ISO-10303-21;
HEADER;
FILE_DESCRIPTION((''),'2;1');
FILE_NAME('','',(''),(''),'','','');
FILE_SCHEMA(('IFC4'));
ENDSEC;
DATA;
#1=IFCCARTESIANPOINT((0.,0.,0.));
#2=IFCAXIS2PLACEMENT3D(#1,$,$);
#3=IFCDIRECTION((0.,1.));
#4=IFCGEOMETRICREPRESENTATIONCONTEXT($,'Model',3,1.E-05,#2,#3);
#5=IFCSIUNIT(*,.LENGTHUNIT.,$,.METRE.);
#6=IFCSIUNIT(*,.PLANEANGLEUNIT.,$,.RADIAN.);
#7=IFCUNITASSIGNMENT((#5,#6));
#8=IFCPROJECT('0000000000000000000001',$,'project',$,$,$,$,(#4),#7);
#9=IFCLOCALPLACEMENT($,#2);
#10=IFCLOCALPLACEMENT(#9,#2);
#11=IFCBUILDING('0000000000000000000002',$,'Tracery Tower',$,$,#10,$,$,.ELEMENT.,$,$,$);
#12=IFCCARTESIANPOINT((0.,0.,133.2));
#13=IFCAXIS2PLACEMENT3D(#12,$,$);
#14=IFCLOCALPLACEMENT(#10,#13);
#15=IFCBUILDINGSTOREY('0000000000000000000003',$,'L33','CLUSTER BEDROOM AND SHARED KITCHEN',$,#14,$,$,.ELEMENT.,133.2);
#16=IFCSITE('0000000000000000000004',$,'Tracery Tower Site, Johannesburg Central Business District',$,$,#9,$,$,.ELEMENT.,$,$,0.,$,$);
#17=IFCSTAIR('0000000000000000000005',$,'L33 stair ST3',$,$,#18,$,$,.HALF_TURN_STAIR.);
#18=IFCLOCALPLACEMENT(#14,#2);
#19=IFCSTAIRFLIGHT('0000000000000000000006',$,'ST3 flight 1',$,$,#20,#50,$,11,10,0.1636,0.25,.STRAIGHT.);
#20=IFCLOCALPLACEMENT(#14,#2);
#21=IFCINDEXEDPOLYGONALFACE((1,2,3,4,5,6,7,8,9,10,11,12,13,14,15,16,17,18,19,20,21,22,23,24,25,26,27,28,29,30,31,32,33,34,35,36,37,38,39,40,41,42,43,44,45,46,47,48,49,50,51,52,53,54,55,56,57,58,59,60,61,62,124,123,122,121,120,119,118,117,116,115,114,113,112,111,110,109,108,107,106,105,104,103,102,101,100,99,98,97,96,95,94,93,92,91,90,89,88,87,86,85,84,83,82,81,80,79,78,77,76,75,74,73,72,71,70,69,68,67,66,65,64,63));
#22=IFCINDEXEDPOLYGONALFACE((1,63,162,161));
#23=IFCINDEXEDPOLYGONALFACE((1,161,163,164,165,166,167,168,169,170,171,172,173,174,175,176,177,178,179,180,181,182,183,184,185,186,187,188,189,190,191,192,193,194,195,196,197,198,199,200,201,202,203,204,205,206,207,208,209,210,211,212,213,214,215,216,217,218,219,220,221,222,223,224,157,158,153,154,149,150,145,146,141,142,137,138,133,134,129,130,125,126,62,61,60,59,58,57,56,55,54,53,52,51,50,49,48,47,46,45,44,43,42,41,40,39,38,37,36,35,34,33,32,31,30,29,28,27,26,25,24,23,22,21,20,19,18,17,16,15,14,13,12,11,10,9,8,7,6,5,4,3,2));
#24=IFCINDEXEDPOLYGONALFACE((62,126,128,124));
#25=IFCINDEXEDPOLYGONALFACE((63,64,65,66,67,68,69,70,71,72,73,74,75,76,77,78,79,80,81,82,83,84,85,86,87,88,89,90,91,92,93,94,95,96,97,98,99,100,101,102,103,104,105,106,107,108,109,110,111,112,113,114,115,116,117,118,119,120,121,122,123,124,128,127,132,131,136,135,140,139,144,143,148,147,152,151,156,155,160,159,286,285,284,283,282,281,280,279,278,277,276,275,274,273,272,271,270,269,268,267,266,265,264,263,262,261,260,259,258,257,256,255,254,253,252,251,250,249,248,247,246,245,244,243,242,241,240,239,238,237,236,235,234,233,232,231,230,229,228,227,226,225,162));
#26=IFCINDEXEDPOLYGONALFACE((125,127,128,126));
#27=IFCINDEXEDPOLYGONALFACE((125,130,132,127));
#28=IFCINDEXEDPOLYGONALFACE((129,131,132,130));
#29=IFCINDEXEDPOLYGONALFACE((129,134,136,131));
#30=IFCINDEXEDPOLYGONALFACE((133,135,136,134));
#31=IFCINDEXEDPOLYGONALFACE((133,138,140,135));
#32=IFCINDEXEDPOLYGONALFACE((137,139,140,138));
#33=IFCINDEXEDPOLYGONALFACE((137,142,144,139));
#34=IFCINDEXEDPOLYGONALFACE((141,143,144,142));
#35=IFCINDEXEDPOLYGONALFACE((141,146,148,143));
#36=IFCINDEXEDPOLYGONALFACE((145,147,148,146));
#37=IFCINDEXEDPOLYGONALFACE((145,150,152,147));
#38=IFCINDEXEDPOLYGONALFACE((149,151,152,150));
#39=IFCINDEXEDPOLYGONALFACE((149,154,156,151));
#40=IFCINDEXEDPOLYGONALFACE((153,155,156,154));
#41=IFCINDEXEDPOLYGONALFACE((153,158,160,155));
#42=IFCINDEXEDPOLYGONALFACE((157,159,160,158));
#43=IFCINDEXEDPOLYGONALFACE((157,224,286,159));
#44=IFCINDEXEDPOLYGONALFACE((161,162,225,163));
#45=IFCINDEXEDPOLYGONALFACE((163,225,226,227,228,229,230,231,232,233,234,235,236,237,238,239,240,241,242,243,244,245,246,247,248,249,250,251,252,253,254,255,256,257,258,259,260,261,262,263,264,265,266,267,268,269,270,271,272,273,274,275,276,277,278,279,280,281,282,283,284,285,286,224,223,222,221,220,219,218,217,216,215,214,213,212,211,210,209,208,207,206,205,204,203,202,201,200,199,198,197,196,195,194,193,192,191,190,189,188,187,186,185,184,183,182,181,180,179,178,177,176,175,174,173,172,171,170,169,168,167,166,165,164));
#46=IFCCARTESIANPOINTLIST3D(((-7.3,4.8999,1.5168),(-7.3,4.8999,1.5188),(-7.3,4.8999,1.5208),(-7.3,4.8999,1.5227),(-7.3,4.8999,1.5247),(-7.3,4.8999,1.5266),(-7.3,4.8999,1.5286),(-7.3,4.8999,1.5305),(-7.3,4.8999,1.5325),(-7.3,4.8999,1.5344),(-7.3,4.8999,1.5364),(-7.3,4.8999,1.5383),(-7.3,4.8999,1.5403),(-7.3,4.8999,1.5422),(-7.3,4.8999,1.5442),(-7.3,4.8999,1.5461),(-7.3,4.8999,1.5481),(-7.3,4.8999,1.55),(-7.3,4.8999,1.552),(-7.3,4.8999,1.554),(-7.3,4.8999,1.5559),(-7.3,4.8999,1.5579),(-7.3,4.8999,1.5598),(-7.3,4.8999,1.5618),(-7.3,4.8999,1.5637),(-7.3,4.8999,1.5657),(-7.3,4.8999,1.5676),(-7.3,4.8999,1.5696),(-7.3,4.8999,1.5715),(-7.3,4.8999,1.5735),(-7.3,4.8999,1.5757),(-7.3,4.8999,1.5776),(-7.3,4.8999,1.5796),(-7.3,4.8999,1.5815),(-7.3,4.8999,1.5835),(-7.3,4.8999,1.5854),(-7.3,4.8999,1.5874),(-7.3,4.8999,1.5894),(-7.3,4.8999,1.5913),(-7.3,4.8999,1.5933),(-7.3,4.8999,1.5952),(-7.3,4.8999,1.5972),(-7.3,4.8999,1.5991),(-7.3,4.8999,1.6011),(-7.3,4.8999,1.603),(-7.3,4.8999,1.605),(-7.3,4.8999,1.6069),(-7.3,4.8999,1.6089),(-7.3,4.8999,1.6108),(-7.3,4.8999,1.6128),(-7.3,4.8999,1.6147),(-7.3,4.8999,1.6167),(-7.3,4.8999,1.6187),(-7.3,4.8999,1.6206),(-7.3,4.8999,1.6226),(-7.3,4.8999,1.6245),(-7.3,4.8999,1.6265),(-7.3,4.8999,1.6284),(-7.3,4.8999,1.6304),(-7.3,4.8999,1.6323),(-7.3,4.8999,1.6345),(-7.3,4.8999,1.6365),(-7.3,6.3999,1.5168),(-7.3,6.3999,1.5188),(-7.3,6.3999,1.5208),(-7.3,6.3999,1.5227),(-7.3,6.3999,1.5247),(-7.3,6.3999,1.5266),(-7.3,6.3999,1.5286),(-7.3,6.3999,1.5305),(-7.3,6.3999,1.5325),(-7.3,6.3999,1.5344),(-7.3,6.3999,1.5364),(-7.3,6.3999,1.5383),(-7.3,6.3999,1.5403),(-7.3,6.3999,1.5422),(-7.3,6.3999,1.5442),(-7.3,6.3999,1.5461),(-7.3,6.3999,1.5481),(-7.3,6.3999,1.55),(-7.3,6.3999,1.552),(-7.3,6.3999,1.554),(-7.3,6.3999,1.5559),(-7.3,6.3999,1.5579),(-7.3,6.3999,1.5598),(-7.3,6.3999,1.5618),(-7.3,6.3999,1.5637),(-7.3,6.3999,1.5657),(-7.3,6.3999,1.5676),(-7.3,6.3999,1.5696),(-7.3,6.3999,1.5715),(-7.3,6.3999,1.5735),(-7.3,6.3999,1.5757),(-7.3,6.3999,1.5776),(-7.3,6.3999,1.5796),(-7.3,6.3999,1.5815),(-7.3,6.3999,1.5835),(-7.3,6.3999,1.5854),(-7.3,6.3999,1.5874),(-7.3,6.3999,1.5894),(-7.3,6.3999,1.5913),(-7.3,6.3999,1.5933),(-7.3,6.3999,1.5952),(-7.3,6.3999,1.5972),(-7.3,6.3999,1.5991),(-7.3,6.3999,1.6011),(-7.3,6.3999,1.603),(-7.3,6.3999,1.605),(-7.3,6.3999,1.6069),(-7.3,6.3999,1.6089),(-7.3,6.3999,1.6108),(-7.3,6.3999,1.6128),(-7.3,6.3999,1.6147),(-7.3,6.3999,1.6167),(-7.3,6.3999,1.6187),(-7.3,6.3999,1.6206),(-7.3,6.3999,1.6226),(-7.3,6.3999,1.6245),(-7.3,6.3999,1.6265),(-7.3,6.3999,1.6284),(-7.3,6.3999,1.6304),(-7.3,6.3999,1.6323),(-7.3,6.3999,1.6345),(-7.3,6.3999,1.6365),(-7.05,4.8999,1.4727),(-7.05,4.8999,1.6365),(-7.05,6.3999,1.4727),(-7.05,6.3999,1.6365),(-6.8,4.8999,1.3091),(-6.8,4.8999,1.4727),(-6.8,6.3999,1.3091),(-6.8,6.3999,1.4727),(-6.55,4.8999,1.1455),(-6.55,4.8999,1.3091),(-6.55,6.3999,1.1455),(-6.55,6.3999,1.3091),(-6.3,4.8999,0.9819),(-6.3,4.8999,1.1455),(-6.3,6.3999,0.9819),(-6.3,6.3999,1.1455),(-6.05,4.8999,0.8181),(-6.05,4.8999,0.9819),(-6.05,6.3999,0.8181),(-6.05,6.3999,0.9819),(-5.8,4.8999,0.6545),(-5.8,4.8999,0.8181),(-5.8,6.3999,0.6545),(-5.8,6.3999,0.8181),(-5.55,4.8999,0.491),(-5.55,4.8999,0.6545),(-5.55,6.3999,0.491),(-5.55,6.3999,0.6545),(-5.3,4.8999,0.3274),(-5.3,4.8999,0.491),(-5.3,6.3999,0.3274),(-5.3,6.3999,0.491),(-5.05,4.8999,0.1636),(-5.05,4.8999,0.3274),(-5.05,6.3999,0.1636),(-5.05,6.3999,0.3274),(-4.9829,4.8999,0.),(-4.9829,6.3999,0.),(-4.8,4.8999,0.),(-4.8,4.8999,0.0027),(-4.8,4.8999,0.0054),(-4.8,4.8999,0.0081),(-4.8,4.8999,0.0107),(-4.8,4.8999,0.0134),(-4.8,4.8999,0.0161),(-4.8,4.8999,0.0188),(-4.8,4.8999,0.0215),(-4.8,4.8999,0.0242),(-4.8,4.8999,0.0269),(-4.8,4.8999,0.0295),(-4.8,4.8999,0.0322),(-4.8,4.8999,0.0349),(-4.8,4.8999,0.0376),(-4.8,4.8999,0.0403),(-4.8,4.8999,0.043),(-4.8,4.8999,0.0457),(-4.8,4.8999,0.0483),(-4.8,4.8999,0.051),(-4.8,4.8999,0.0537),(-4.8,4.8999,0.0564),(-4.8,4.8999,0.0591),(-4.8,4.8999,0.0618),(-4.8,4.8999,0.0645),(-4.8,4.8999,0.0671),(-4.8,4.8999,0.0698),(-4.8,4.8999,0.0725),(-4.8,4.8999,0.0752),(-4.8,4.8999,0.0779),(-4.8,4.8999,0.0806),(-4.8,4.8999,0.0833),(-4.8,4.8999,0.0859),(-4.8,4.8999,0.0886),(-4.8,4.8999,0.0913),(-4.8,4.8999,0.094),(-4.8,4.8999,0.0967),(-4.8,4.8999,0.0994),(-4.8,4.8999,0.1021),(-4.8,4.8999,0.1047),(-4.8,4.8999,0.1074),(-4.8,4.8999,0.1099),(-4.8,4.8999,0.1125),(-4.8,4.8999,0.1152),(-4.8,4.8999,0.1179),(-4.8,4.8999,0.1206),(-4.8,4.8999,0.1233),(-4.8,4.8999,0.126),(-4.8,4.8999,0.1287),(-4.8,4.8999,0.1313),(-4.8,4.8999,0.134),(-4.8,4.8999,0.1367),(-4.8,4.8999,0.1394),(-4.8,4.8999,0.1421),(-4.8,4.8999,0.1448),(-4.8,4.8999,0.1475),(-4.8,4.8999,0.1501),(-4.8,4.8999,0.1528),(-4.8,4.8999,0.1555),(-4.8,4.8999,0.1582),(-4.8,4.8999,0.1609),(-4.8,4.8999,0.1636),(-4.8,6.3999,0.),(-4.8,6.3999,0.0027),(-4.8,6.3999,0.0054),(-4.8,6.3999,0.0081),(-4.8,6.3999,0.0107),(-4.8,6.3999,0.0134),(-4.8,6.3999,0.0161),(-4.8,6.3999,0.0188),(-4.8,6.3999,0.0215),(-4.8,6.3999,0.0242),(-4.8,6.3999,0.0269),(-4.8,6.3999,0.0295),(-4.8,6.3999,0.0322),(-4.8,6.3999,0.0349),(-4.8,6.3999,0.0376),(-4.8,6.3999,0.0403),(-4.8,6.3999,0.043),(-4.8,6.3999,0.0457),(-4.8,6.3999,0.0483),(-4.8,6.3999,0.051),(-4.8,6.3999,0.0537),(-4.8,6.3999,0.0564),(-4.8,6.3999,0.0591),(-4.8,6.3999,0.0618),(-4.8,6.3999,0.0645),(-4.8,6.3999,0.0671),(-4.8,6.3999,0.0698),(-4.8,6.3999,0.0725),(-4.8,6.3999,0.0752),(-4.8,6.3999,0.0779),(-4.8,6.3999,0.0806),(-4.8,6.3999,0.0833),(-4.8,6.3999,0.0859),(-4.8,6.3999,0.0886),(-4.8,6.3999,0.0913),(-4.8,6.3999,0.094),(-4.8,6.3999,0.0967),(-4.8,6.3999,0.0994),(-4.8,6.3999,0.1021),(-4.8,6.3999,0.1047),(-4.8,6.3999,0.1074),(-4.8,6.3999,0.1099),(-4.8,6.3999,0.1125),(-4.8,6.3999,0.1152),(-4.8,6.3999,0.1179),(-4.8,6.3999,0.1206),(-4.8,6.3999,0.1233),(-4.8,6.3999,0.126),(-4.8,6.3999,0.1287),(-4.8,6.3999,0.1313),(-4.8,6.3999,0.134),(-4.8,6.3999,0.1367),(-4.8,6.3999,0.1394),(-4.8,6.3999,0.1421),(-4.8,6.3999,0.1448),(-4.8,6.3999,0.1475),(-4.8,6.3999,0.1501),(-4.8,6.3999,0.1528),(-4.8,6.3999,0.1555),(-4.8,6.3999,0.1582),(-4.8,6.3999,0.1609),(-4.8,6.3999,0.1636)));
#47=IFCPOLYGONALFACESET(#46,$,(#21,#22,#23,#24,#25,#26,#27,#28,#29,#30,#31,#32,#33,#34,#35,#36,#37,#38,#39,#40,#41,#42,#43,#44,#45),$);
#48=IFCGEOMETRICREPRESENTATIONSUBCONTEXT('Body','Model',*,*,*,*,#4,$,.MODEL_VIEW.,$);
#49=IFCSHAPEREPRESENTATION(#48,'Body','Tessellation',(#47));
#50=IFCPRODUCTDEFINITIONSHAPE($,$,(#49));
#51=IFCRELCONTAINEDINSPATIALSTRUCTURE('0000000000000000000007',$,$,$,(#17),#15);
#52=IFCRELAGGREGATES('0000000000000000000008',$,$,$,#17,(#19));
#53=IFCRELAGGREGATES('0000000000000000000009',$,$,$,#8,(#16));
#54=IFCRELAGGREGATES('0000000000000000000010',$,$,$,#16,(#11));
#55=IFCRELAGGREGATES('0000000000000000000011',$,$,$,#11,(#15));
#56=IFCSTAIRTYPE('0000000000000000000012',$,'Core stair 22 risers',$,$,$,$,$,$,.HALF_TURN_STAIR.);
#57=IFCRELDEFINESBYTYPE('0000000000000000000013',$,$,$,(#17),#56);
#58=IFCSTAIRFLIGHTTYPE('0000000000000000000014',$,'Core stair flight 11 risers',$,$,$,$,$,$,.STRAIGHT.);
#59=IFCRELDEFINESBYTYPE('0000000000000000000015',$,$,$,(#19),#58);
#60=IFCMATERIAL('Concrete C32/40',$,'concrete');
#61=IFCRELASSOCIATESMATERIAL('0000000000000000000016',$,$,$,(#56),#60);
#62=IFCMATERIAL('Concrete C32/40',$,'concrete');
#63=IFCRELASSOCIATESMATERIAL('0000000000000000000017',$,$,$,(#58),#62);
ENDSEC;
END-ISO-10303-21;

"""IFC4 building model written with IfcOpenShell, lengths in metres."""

from ifc_helpers import new_model, si_unit, direction, frame, origin, place, context, subcontext, project, spatial, polyline, outline, extrude, material, type_object, element, aggregate, save


model = new_model("IFC4")

# Units and contexts
model_context = context("Model", 3, precision=1e-05, world=origin(), true_north=direction((0.0, 1.0)))
body_context = subcontext(model_context, "Body", "Model", "MODEL_VIEW")
ifc_project = project(units=[si_unit("LENGTHUNIT", "METRE"), si_unit("PLANEANGLEUNIT", "RADIAN")], contexts=[model_context])

# Site, building, storey
site_placement = place(None, origin())
site = spatial("IfcSite", under=ifc_project, at=site_placement, Name="Tracery Tower Site, Johannesburg Central Business District", CompositionType="ELEMENT", RefElevation=0.0)
building_placement = place(site_placement, origin())
building = spatial("IfcBuilding", under=site, at=building_placement, Name="Tracery Tower", CompositionType="ELEMENT")
storey_placement = place(building_placement, frame((0.0, 0.0, 133.2)))
storey = spatial("IfcBuildingStorey", under=building, at=storey_placement, Name="L33", Description="CLUSTER BEDROOM AND SHARED KITCHEN", CompositionType="ELEMENT", Elevation=133.2)

# Stair, stair flight
ifc_material_1 = material(Name="Concrete C32/40", Category="concrete")
stair_type = type_object("IfcStairType", Name="Core stair 22 risers", PredefinedType="HALF_TURN_STAIR", material=ifc_material_1)
stair_placement = place(storey_placement, origin())
stair = element("IfcStair", 1, at=stair_placement, inside=storey, type_object=stair_type, Name="L33 stair ST3", PredefinedType="HALF_TURN_STAIR")
ifc_material_2 = material(Name="Concrete C32/40", Category="concrete")
stair_flight_type = type_object("IfcStairFlightType", Name="Core stair flight 11 risers", PredefinedType="STRAIGHT", material=ifc_material_2)
stair_flight_1_placement = place(storey_placement, frame((-4.8, 5.6499, 0.0), z_axis=(0.0, 0.0, 1.0), x_axis=(-1.0, 0.0, 0.0)))
stair_flight_1 = element("IfcStairFlight", 2, at=stair_flight_1_placement, type_object=stair_flight_type, Name="ST3 flight 1", NumberOfRisers=11, NumberOfTreads=10, PredefinedType="STRAIGHT", RiserHeight=0.1636, TreadLength=0.25, context=body_context, shape_type="SweptSolid", body=[
    extrude(outline(polyline([(0.0, 0.0), (0.0, 0.0027), (0.0, 0.0054), (0.0, 0.0081), (0.0, 0.0107), (0.0, 0.0134), (0.0, 0.0161), (0.0, 0.0188), (0.0, 0.0215), (0.0, 0.0242), (0.0, 0.0269), (0.0, 0.0295), (0.0, 0.0322), (0.0, 0.0349), (0.0, 0.0376), (0.0, 0.0403), (0.0, 0.043), (0.0, 0.0457), (0.0, 0.0483), (0.0, 0.051), (0.0, 0.0537), (0.0, 0.0564), (0.0, 0.0591), (0.0, 0.0618), (0.0, 0.0645), (0.0, 0.0671), (0.0, 0.0698), (0.0, 0.0725), (0.0, 0.0752), (0.0, 0.0779), (0.0, 0.0806), (0.0, 0.0833), (0.0, 0.0859), (0.0, 0.0886), (0.0, 0.0913), (0.0, 0.094), (0.0, 0.0967), (0.0, 0.0994), (0.0, 0.1021), (0.0, 0.1047), (0.0, 0.1074), (0.0, 0.1099), (0.0, 0.1125), (0.0, 0.1152), (0.0, 0.1179), (0.0, 0.1206), (0.0, 0.1233), (0.0, 0.126), (0.0, 0.1287), (0.0, 0.1313), (0.0, 0.134), (0.0, 0.1367), (0.0, 0.1394), (0.0, 0.1421), (0.0, 0.1448), (0.0, 0.1475), (0.0, 0.1501), (0.0, 0.1528), (0.0, 0.1555), (0.0, 0.1582), (0.0, 0.1609), (0.0, 0.1636), (0.25, 0.1636), (0.25, 0.3274), (0.5, 0.3274), (0.5, 0.491), (0.75, 0.491), (0.75, 0.6545), (1.0, 0.6545), (1.0, 0.8181), (1.25, 0.8181), (1.25, 0.9819), (1.5, 0.9819), (1.5, 1.1455), (1.75, 1.1455), (1.75, 1.3091), (2.0, 1.3091), (2.0, 1.4727), (2.25, 1.4727), (2.25, 1.6365), (2.5, 1.6365), (2.5, 1.6345), (2.5, 1.6323), (2.5, 1.6304), (2.5, 1.6284), (2.5, 1.6265), (2.5, 1.6245), (2.5, 1.6226), (2.5, 1.6206), (2.5, 1.6187), (2.5, 1.6167), (2.5, 1.6147), (2.5, 1.6128), (2.5, 1.6108), (2.5, 1.6089), (2.5, 1.6069), (2.5, 1.605), (2.5, 1.603), (2.5, 1.6011), (2.5, 1.5991), (2.5, 1.5972), (2.5, 1.5952), (2.5, 1.5933), (2.5, 1.5913), (2.5, 1.5894), (2.5, 1.5874), (2.5, 1.5854), (2.5, 1.5835), (2.5, 1.5815), (2.5, 1.5796), (2.5, 1.5776), (2.5, 1.5757), (2.5, 1.5735), (2.5, 1.5715), (2.5, 1.5696), (2.5, 1.5676), (2.5, 1.5657), (2.5, 1.5637), (2.5, 1.5618), (2.5, 1.5598), (2.5, 1.5579), (2.5, 1.5559), (2.5, 1.554), (2.5, 1.552), (2.5, 1.55), (2.5, 1.5481), (2.5, 1.5461), (2.5, 1.5442), (2.5, 1.5422), (2.5, 1.5403), (2.5, 1.5383), (2.5, 1.5364), (2.5, 1.5344), (2.5, 1.5325), (2.5, 1.5305), (2.5, 1.5286), (2.5, 1.5266), (2.5, 1.5247), (2.5, 1.5227), (2.5, 1.5208), (2.5, 1.5188), (2.5, 1.5168), (0.1829, 0.0), (0.0, 0.0)])), frame((0.0, 0.75, 0.0), z_axis=(0.0, -1.0, 0.0), x_axis=(1.0, 0.0, 0.0)), (0.0, 0.0, 1.0), 1.5),
])
aggregate(stair, [stair_flight_1])

save(model, "model.ifc")
